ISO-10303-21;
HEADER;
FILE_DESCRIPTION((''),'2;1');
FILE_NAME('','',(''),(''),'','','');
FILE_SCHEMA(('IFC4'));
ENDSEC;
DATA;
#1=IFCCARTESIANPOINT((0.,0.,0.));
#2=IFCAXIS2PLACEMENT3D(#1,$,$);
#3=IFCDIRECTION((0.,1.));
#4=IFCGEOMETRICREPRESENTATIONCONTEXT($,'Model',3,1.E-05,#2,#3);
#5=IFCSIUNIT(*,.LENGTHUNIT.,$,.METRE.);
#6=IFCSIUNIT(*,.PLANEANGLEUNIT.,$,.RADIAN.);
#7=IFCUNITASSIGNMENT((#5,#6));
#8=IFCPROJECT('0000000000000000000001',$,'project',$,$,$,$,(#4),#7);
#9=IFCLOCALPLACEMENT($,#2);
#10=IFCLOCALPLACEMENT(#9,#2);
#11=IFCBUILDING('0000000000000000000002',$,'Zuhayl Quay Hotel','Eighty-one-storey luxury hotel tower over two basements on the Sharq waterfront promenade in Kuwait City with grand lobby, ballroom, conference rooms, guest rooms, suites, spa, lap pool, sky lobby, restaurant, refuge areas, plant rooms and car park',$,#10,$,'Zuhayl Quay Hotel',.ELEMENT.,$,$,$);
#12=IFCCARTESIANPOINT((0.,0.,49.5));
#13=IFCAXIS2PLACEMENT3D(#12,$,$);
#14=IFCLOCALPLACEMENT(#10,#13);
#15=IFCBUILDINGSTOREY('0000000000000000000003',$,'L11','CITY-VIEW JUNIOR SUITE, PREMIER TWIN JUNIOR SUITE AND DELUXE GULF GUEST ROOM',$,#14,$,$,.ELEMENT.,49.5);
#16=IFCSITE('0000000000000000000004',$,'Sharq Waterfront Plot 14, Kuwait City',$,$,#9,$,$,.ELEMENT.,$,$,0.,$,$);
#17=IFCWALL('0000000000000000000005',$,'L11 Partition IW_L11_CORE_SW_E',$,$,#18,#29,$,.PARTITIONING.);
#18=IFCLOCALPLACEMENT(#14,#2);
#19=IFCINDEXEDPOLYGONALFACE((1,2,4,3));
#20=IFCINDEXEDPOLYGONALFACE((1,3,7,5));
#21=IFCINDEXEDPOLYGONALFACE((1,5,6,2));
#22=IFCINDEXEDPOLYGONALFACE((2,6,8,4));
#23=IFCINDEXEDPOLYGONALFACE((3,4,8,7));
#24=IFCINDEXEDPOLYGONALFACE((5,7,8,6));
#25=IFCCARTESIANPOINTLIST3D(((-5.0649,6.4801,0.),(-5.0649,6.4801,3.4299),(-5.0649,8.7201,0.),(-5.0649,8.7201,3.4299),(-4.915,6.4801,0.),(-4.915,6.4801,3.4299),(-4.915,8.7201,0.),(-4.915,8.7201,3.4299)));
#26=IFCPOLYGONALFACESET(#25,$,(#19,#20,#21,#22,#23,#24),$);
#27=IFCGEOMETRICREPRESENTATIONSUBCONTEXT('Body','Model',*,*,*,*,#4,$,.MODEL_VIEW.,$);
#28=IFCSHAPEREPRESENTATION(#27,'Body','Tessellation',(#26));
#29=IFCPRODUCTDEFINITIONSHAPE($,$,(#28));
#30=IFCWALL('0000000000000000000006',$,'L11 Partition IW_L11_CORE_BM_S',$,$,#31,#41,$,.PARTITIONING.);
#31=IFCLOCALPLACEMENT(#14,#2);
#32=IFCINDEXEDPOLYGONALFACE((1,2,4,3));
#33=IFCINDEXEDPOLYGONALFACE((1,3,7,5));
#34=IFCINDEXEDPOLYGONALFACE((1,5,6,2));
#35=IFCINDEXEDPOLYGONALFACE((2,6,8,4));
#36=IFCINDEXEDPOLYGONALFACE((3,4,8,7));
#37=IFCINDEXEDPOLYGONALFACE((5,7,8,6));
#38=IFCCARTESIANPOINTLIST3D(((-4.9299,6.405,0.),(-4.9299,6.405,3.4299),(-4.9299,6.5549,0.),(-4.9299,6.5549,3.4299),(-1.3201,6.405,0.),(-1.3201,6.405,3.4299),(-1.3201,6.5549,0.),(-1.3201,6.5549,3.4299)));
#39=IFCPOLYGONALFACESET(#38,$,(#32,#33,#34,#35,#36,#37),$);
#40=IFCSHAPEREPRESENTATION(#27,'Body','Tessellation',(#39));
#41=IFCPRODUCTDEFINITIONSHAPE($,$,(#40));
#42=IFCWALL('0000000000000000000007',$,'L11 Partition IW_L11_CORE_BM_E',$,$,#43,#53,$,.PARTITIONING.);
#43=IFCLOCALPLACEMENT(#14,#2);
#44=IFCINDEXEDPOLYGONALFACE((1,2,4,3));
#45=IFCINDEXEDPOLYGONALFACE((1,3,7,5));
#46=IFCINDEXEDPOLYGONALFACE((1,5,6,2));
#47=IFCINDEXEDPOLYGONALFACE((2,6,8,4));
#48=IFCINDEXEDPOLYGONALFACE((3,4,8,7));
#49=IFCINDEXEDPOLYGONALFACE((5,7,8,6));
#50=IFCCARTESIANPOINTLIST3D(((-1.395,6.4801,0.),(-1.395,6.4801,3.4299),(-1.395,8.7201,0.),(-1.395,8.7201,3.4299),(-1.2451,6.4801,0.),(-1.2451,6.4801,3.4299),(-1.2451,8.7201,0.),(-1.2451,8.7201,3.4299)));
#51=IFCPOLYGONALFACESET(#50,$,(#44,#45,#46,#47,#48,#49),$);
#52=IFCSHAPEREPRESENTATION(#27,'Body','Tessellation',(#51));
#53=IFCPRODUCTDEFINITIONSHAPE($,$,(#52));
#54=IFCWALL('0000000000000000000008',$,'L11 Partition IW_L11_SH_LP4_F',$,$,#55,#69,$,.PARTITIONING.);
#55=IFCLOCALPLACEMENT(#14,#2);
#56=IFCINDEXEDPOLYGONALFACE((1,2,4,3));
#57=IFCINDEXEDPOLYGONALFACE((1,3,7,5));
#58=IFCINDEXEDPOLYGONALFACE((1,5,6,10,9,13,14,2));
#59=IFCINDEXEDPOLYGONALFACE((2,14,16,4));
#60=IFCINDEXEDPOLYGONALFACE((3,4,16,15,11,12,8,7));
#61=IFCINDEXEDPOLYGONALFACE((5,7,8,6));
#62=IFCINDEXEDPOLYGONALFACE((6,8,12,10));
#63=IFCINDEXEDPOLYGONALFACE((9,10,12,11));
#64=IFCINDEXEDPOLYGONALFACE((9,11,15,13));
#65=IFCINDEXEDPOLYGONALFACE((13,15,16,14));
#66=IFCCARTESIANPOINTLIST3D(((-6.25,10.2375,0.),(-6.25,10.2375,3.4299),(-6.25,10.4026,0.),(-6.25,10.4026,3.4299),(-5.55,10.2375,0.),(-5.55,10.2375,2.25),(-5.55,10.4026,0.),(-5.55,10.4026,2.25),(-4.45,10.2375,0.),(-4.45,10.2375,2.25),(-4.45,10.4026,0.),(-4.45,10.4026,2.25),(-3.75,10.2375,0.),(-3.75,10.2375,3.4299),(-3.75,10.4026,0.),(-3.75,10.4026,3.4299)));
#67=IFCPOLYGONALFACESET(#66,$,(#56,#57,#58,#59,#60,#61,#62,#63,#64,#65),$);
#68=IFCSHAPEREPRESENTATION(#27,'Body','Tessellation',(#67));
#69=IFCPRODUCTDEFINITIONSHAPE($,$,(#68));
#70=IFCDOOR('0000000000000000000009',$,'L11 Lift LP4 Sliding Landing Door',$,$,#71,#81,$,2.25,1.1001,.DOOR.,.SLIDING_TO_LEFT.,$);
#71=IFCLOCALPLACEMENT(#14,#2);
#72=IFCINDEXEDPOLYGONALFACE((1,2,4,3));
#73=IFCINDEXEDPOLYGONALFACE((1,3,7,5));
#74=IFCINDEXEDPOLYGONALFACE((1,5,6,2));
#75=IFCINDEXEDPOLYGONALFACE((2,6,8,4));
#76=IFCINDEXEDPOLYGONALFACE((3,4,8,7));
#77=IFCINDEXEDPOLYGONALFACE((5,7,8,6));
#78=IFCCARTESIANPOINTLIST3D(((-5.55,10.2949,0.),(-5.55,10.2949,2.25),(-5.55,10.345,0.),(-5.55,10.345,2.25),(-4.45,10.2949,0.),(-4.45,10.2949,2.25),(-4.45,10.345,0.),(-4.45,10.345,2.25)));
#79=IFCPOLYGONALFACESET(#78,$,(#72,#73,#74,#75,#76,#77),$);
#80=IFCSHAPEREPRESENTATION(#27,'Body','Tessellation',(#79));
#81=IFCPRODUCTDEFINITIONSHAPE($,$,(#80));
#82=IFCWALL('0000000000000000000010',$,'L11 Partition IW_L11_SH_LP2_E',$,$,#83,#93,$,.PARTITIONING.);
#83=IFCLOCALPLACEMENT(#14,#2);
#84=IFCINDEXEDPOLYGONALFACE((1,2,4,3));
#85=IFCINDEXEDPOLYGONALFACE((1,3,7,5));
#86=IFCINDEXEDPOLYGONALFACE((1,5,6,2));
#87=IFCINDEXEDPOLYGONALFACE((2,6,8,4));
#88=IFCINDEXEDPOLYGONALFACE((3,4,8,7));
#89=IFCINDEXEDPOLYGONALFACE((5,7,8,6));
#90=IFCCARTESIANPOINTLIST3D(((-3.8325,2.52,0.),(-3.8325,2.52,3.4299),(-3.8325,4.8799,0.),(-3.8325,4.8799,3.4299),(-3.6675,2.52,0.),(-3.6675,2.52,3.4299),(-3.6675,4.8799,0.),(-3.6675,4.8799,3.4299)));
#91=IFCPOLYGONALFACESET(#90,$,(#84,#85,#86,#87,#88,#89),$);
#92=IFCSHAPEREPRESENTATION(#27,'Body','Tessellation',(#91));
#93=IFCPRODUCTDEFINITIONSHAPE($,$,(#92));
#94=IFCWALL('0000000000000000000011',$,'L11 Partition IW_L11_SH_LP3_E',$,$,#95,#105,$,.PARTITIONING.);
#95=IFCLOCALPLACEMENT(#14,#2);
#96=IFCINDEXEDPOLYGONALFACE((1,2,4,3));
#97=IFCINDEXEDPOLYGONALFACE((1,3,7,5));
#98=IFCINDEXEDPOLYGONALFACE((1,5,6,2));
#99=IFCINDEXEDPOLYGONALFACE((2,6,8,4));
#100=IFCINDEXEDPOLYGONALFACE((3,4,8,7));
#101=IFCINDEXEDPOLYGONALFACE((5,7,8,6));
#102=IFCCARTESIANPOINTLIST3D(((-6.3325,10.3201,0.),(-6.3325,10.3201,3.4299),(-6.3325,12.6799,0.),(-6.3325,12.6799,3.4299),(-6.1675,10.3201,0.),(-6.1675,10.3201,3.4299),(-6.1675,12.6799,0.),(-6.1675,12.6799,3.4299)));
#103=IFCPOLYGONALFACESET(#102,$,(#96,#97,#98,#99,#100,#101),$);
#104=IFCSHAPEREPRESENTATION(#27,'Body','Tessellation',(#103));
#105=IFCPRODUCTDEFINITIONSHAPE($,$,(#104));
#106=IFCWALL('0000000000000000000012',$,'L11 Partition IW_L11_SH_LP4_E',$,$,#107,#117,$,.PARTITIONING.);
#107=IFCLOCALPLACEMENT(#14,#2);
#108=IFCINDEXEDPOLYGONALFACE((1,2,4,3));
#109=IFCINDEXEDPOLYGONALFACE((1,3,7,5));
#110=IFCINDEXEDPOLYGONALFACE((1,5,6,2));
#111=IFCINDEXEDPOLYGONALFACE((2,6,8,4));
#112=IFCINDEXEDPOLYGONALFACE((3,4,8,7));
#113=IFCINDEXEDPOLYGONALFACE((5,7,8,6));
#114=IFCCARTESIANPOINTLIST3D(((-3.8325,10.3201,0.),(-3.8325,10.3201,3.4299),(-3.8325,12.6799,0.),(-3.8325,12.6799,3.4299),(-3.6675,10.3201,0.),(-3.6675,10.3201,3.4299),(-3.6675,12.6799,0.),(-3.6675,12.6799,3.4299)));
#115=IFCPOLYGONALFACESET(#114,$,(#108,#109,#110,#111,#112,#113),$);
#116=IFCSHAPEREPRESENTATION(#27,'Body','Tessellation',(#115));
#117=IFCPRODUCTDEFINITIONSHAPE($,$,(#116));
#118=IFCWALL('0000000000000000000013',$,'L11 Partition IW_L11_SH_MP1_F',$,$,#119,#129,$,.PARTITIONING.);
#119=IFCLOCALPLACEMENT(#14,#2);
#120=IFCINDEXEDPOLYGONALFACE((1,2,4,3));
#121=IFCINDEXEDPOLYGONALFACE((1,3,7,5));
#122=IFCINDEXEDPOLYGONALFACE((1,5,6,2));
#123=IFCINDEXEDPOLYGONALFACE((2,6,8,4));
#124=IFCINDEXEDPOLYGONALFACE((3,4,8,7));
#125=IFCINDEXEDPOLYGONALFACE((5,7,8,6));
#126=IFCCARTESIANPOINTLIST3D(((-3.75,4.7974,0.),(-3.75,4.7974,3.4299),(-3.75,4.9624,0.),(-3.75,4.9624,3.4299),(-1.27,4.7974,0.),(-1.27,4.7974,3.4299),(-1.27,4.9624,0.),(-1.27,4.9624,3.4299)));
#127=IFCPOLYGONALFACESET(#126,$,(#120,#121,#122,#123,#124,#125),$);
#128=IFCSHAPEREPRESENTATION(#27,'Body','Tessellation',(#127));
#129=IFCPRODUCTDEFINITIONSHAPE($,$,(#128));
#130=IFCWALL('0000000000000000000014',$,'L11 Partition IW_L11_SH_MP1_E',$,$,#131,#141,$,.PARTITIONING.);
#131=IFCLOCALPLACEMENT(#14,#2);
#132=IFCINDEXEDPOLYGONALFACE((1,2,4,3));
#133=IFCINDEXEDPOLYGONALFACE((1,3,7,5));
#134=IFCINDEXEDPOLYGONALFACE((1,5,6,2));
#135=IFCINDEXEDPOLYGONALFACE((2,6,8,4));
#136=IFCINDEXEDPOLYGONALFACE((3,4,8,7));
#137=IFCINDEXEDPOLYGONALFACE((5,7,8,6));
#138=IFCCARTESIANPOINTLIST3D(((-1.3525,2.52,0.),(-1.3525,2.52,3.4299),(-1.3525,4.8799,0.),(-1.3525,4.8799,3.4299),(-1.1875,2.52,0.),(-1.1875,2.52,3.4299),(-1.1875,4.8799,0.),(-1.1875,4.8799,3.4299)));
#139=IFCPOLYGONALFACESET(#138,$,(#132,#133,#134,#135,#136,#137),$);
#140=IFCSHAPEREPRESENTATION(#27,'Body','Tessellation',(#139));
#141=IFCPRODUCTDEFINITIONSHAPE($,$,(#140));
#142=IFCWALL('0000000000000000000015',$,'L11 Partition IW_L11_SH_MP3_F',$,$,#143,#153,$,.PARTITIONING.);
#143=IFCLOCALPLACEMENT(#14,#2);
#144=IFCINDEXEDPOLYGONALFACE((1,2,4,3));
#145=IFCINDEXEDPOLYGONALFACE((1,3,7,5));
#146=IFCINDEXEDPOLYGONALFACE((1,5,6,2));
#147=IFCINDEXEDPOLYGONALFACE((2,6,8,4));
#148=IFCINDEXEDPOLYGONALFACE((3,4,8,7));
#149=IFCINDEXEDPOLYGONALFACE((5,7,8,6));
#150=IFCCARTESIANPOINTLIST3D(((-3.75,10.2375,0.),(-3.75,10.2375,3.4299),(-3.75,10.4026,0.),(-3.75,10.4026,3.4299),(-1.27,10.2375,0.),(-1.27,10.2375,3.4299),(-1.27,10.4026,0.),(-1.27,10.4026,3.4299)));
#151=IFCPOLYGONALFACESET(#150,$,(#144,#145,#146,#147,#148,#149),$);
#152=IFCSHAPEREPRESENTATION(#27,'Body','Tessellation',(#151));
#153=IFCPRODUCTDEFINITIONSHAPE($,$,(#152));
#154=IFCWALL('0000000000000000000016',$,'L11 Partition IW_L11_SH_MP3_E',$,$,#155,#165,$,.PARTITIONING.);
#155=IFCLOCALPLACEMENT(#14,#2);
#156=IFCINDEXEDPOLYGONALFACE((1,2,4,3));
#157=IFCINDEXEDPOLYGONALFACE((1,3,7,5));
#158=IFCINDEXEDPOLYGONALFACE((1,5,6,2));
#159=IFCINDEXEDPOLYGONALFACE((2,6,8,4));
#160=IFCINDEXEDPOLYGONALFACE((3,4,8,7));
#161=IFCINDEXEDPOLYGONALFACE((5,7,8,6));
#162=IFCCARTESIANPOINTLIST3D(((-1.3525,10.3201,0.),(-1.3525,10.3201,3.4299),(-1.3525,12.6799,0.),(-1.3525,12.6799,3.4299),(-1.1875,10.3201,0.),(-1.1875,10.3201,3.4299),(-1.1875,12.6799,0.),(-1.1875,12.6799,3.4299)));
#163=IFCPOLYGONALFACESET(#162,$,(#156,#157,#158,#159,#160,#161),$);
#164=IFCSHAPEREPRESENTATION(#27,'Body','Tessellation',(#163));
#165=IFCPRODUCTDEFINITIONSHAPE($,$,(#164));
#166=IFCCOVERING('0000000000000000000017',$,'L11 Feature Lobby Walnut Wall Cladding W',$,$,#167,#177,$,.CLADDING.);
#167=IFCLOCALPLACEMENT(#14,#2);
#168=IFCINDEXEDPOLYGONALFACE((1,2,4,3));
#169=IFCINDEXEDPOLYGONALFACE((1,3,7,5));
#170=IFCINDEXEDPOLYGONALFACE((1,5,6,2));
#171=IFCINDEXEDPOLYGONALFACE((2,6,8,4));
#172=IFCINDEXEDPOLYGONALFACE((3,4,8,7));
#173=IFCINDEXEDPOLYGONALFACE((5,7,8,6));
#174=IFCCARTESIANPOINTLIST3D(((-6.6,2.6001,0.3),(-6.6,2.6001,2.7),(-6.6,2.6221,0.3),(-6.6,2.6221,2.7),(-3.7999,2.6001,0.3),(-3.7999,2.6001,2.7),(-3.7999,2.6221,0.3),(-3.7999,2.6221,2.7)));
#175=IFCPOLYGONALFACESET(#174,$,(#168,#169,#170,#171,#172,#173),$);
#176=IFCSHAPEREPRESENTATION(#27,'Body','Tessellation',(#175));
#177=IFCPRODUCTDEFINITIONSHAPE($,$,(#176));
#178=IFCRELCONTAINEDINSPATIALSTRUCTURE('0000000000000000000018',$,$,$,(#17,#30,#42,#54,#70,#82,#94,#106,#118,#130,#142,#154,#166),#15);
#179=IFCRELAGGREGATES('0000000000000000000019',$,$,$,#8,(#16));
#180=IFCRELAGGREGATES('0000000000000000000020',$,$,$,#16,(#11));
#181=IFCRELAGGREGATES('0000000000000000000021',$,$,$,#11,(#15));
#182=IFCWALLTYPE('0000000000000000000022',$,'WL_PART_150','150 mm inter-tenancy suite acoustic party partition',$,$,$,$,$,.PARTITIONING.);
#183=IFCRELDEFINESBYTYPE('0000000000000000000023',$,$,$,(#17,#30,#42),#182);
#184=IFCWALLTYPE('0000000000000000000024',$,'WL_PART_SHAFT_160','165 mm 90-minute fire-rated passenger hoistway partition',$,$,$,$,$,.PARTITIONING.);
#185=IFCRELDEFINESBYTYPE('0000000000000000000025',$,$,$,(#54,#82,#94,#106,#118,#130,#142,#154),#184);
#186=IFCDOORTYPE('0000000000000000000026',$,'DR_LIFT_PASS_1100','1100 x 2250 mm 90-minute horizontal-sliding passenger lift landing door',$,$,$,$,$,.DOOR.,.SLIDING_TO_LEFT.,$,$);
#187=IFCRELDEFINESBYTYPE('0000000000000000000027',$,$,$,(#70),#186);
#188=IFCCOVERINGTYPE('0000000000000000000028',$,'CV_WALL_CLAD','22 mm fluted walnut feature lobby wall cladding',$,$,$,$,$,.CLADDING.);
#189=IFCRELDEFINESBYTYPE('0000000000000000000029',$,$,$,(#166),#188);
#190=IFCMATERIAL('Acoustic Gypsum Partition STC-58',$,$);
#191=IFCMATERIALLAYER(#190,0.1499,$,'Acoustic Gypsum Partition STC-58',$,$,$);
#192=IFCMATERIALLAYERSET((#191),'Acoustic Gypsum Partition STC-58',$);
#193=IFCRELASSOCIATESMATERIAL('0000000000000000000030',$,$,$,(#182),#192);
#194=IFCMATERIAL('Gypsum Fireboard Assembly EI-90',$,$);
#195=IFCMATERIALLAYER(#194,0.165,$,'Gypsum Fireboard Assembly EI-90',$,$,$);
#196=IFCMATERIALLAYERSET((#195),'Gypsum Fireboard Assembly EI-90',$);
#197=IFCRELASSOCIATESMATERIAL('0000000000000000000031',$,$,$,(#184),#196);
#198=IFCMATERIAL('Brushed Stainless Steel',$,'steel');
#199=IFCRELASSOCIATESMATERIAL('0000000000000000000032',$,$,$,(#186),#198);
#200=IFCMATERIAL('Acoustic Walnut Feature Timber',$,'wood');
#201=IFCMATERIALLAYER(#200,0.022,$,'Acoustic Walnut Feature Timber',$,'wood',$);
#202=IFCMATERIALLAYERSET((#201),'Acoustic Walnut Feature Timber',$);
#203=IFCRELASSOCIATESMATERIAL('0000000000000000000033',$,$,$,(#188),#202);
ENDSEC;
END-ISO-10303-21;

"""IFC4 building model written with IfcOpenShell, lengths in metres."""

from ifc_helpers import new_model, si_unit, direction, frame, frame_2d, origin, origin_2d, place, context, subcontext, project, spatial, rectangle, extrude, material, layer, layer_set, type_object, element, fill, save


model = new_model("IFC4")

# Units and contexts
model_context = context("Model", 3, precision=1e-05, world=origin(), true_north=direction((0.0, 1.0)))
body_context = subcontext(model_context, "Body", "Model", "MODEL_VIEW")
ifc_project = project(units=[si_unit("LENGTHUNIT", "METRE"), si_unit("PLANEANGLEUNIT", "RADIAN")], contexts=[model_context])

# Site, building, storey
site_placement = place(None, origin())
site = spatial("IfcSite", under=ifc_project, at=site_placement, Name="Sharq Waterfront Plot 14, Kuwait City", CompositionType="ELEMENT", RefElevation=0.0)
building_placement = place(site_placement, origin())
building = spatial("IfcBuilding", under=site, at=building_placement, Name="Zuhayl Quay Hotel", Description="Eighty-one-storey luxury hotel tower over two basements on the Sharq waterfront promenade in Kuwait City with grand lobby, ballroom, conference rooms, guest rooms, suites, spa, lap pool, sky lobby, restaurant, refuge areas, plant rooms and car park", LongName="Zuhayl Quay Hotel", CompositionType="ELEMENT")
storey_placement = place(building_placement, frame((0.0, 0.0, 49.5)))
storey = spatial("IfcBuildingStorey", under=building, at=storey_placement, Name="L11", Description="CITY-VIEW JUNIOR SUITE, PREMIER TWIN JUNIOR SUITE AND DELUXE GULF GUEST ROOM", CompositionType="ELEMENT", Elevation=49.5)

# Shared definitions
ifc_material_1 = material(Name="Acoustic Gypsum Partition STC-58")
ifc_layer_1 = layer(ifc_material_1, 0.1499, Name="Acoustic Gypsum Partition STC-58")
ifc_layer_set_1 = layer_set([ifc_layer_1], Name="Acoustic Gypsum Partition STC-58")
wall_type_1 = type_object("IfcWallType", Name="WL_PART_150", Description="150 mm inter-tenancy suite acoustic party partition", PredefinedType="PARTITIONING", material=ifc_layer_set_1)

# Walls
wall_1_placement = place(storey_placement, frame((-4.99, 6.48, 0.0), z_axis=(0.0, 0.0, 1.0), x_axis=(0.0, 1.0, 0.0)))
element("IfcWall", 1, at=wall_1_placement, inside=storey, type_object=wall_type_1, Name="L11 Partition IW_L11_CORE_SW_E", PredefinedType="PARTITIONING", context=body_context, shape_type="SweptSolid", body=[
    extrude(rectangle(XDim=2.24, YDim=0.1499, at=frame_2d((1.1201, 0.0))), origin(), (0.0, 0.0, 1.0), 3.4299),
])
wall_2_placement = place(storey_placement, frame((-4.9299, 6.48, 0.0), z_axis=(0.0, 0.0, 1.0), x_axis=(1.0, 0.0, 0.0)))
element("IfcWall", 2, at=wall_2_placement, inside=storey, type_object=wall_type_1, Name="L11 Partition IW_L11_CORE_BM_S", PredefinedType="PARTITIONING", context=body_context, shape_type="SweptSolid", body=[
    extrude(rectangle(XDim=3.6099, YDim=0.1499, at=frame_2d((1.8049, 0.0))), origin(), (0.0, 0.0, 1.0), 3.4299),
])
wall_3_placement = place(storey_placement, frame((-1.3201, 6.48, 0.0), z_axis=(0.0, 0.0, 1.0), x_axis=(0.0, 1.0, 0.0)))
element("IfcWall", 3, at=wall_3_placement, inside=storey, type_object=wall_type_1, Name="L11 Partition IW_L11_CORE_BM_E", PredefinedType="PARTITIONING", context=body_context, shape_type="SweptSolid", body=[
    extrude(rectangle(XDim=2.24, YDim=0.1499, at=frame_2d((1.1201, 0.0))), origin(), (0.0, 0.0, 1.0), 3.4299),
])

# Wall, opening, door
ifc_material_2 = material(Name="Gypsum Fireboard Assembly EI-90")
ifc_layer_2 = layer(ifc_material_2, 0.165, Name="Gypsum Fireboard Assembly EI-90")
ifc_layer_set_2 = layer_set([ifc_layer_2], Name="Gypsum Fireboard Assembly EI-90")
wall_type_2 = type_object("IfcWallType", Name="WL_PART_SHAFT_160", Description="165 mm 90-minute fire-rated passenger hoistway partition", PredefinedType="PARTITIONING", material=ifc_layer_set_2)
wall_4_placement = place(storey_placement, frame((-6.25, 10.3201, 0.0), z_axis=(0.0, 0.0, 1.0), x_axis=(1.0, 0.0, 0.0)))
wall_4 = element("IfcWall", 4, at=wall_4_placement, inside=storey, type_object=wall_type_2, Name="L11 Partition IW_L11_SH_LP4_F", PredefinedType="PARTITIONING", context=body_context, shape_type="SweptSolid", body=[
    extrude(rectangle(XDim=2.5, YDim=0.165, at=frame_2d((1.25, 0.0))), origin(), (0.0, 0.0, 1.0), 3.4299),
])
opening_1_placement = place(wall_4_placement, frame((0.7, 0.0, 0.0)))
opening_1 = element("IfcOpeningElement", 5, at=opening_1_placement, cuts=wall_4, PredefinedType="OPENING", context=body_context, shape_type="SweptSolid", body=[
    extrude(rectangle(XDim=1.1001, YDim=2.25, at=frame_2d((0.55, 1.125))), frame((0.0, 0.0925, 0.0), z_axis=(0.0, -1.0, 0.0), x_axis=(1.0, 0.0, 0.0)), (0.0, 0.0, 1.0), 0.1851),
])
ifc_material_3 = material(Name="Brushed Stainless Steel", Category="steel")
door_type_1 = type_object("IfcDoorType", Name="DR_LIFT_PASS_1100", Description="1100 x 2250 mm 90-minute horizontal-sliding passenger lift landing door", OperationType="SLIDING_TO_LEFT", PredefinedType="DOOR", material=ifc_material_3)
door_1_placement = place(opening_1_placement, origin())
door_1 = element("IfcDoor", 6, at=door_1_placement, inside=storey, type_object=door_type_1, Name="L11 Lift LP4 Sliding Landing Door", OperationType="SLIDING_TO_LEFT", OverallHeight=2.25, OverallWidth=1.1001, PredefinedType="DOOR", context=body_context, shape_type="SweptSolid", body=[
    extrude(rectangle(XDim=1.1001, YDim=2.25, at=frame_2d((0.55, 1.125))), frame((0.0, 0.0249, 0.0), z_axis=(0.0, -1.0, 0.0), x_axis=(1.0, 0.0, 0.0)), (0.0, 0.0, 1.0), 0.05),
])
fill(opening_1, door_1)

# Walls
for number, where, z_axis, x_axis, name in (
    (7, (-3.75, 2.52, 0.0), (0.0, 0.0, 1.0), (0.0, 1.0, 0.0), "L11 Partition IW_L11_SH_LP2_E"),
    (8, (-6.25, 10.3201, 0.0), (0.0, 0.0, 1.0), (0.0, 1.0, 0.0), "L11 Partition IW_L11_SH_LP3_E"),
    (9, (-3.75, 10.3201, 0.0), (0.0, 0.0, 1.0), (0.0, 1.0, 0.0), "L11 Partition IW_L11_SH_LP4_E"),
):
    element("IfcWall", number, at=place(storey_placement, frame(where, z_axis=z_axis, x_axis=x_axis)), inside=storey, type_object=wall_type_2, Name=name, PredefinedType="PARTITIONING", context=body_context, shape_type="SweptSolid", body=[
        extrude(rectangle(XDim=2.3599, YDim=0.165, at=frame_2d((1.1799, 0.0))), origin(), (0.0, 0.0, 1.0), 3.4299),
    ])
wall_5_placement = place(storey_placement, frame((-3.75, 4.8799, 0.0), z_axis=(0.0, 0.0, 1.0), x_axis=(1.0, 0.0, 0.0)))
element("IfcWall", 10, at=wall_5_placement, inside=storey, type_object=wall_type_2, Name="L11 Partition IW_L11_SH_MP1_F", PredefinedType="PARTITIONING", context=body_context, shape_type="SweptSolid", body=[
    extrude(rectangle(XDim=2.48, YDim=0.165, at=frame_2d((1.24, 0.0))), origin(), (0.0, 0.0, 1.0), 3.4299),
])
wall_6_placement = place(storey_placement, frame((-1.27, 2.52, 0.0), z_axis=(0.0, 0.0, 1.0), x_axis=(0.0, 1.0, 0.0)))
element("IfcWall", 11, at=wall_6_placement, inside=storey, type_object=wall_type_2, Name="L11 Partition IW_L11_SH_MP1_E", PredefinedType="PARTITIONING", context=body_context, shape_type="SweptSolid", body=[
    extrude(rectangle(XDim=2.3599, YDim=0.165, at=frame_2d((1.1799, 0.0))), origin(), (0.0, 0.0, 1.0), 3.4299),
])
wall_7_placement = place(storey_placement, frame((-3.75, 10.3201, 0.0), z_axis=(0.0, 0.0, 1.0), x_axis=(1.0, 0.0, 0.0)))
element("IfcWall", 12, at=wall_7_placement, inside=storey, type_object=wall_type_2, Name="L11 Partition IW_L11_SH_MP3_F", PredefinedType="PARTITIONING", context=body_context, shape_type="SweptSolid", body=[
    extrude(rectangle(XDim=2.48, YDim=0.165, at=frame_2d((1.24, 0.0))), origin(), (0.0, 0.0, 1.0), 3.4299),
])
wall_8_placement = place(storey_placement, frame((-1.27, 10.3201, 0.0), z_axis=(0.0, 0.0, 1.0), x_axis=(0.0, 1.0, 0.0)))
element("IfcWall", 13, at=wall_8_placement, inside=storey, type_object=wall_type_2, Name="L11 Partition IW_L11_SH_MP3_E", PredefinedType="PARTITIONING", context=body_context, shape_type="SweptSolid", body=[
    extrude(rectangle(XDim=2.3599, YDim=0.165, at=frame_2d((1.1799, 0.0))), origin(), (0.0, 0.0, 1.0), 3.4299),
])

# Covering
ifc_material_4 = material(Name="Acoustic Walnut Feature Timber", Category="wood")
ifc_layer_3 = layer(ifc_material_4, 0.022, Name="Acoustic Walnut Feature Timber", Category="wood")
ifc_layer_set_3 = layer_set([ifc_layer_3], Name="Acoustic Walnut Feature Timber")
covering_type = type_object("IfcCoveringType", Name="CV_WALL_CLAD", Description="22 mm fluted walnut feature lobby wall cladding", PredefinedType="CLADDING", material=ifc_layer_set_3)
covering_placement = place(storey_placement, frame((-5.2, 2.6111, 0.3), z_axis=(0.0, 0.0, 1.0), x_axis=(1.0, 0.0, 0.0)))
element("IfcCovering", 14, at=covering_placement, inside=storey, type_object=covering_type, Name="L11 Feature Lobby Walnut Wall Cladding W", PredefinedType="CLADDING", context=body_context, shape_type="SweptSolid", body=[
    extrude(rectangle(XDim=2.8, YDim=0.022, at=origin_2d()), origin(), (0.0, 0.0, 1.0), 2.3999),
])

save(model, "model.ifc")
